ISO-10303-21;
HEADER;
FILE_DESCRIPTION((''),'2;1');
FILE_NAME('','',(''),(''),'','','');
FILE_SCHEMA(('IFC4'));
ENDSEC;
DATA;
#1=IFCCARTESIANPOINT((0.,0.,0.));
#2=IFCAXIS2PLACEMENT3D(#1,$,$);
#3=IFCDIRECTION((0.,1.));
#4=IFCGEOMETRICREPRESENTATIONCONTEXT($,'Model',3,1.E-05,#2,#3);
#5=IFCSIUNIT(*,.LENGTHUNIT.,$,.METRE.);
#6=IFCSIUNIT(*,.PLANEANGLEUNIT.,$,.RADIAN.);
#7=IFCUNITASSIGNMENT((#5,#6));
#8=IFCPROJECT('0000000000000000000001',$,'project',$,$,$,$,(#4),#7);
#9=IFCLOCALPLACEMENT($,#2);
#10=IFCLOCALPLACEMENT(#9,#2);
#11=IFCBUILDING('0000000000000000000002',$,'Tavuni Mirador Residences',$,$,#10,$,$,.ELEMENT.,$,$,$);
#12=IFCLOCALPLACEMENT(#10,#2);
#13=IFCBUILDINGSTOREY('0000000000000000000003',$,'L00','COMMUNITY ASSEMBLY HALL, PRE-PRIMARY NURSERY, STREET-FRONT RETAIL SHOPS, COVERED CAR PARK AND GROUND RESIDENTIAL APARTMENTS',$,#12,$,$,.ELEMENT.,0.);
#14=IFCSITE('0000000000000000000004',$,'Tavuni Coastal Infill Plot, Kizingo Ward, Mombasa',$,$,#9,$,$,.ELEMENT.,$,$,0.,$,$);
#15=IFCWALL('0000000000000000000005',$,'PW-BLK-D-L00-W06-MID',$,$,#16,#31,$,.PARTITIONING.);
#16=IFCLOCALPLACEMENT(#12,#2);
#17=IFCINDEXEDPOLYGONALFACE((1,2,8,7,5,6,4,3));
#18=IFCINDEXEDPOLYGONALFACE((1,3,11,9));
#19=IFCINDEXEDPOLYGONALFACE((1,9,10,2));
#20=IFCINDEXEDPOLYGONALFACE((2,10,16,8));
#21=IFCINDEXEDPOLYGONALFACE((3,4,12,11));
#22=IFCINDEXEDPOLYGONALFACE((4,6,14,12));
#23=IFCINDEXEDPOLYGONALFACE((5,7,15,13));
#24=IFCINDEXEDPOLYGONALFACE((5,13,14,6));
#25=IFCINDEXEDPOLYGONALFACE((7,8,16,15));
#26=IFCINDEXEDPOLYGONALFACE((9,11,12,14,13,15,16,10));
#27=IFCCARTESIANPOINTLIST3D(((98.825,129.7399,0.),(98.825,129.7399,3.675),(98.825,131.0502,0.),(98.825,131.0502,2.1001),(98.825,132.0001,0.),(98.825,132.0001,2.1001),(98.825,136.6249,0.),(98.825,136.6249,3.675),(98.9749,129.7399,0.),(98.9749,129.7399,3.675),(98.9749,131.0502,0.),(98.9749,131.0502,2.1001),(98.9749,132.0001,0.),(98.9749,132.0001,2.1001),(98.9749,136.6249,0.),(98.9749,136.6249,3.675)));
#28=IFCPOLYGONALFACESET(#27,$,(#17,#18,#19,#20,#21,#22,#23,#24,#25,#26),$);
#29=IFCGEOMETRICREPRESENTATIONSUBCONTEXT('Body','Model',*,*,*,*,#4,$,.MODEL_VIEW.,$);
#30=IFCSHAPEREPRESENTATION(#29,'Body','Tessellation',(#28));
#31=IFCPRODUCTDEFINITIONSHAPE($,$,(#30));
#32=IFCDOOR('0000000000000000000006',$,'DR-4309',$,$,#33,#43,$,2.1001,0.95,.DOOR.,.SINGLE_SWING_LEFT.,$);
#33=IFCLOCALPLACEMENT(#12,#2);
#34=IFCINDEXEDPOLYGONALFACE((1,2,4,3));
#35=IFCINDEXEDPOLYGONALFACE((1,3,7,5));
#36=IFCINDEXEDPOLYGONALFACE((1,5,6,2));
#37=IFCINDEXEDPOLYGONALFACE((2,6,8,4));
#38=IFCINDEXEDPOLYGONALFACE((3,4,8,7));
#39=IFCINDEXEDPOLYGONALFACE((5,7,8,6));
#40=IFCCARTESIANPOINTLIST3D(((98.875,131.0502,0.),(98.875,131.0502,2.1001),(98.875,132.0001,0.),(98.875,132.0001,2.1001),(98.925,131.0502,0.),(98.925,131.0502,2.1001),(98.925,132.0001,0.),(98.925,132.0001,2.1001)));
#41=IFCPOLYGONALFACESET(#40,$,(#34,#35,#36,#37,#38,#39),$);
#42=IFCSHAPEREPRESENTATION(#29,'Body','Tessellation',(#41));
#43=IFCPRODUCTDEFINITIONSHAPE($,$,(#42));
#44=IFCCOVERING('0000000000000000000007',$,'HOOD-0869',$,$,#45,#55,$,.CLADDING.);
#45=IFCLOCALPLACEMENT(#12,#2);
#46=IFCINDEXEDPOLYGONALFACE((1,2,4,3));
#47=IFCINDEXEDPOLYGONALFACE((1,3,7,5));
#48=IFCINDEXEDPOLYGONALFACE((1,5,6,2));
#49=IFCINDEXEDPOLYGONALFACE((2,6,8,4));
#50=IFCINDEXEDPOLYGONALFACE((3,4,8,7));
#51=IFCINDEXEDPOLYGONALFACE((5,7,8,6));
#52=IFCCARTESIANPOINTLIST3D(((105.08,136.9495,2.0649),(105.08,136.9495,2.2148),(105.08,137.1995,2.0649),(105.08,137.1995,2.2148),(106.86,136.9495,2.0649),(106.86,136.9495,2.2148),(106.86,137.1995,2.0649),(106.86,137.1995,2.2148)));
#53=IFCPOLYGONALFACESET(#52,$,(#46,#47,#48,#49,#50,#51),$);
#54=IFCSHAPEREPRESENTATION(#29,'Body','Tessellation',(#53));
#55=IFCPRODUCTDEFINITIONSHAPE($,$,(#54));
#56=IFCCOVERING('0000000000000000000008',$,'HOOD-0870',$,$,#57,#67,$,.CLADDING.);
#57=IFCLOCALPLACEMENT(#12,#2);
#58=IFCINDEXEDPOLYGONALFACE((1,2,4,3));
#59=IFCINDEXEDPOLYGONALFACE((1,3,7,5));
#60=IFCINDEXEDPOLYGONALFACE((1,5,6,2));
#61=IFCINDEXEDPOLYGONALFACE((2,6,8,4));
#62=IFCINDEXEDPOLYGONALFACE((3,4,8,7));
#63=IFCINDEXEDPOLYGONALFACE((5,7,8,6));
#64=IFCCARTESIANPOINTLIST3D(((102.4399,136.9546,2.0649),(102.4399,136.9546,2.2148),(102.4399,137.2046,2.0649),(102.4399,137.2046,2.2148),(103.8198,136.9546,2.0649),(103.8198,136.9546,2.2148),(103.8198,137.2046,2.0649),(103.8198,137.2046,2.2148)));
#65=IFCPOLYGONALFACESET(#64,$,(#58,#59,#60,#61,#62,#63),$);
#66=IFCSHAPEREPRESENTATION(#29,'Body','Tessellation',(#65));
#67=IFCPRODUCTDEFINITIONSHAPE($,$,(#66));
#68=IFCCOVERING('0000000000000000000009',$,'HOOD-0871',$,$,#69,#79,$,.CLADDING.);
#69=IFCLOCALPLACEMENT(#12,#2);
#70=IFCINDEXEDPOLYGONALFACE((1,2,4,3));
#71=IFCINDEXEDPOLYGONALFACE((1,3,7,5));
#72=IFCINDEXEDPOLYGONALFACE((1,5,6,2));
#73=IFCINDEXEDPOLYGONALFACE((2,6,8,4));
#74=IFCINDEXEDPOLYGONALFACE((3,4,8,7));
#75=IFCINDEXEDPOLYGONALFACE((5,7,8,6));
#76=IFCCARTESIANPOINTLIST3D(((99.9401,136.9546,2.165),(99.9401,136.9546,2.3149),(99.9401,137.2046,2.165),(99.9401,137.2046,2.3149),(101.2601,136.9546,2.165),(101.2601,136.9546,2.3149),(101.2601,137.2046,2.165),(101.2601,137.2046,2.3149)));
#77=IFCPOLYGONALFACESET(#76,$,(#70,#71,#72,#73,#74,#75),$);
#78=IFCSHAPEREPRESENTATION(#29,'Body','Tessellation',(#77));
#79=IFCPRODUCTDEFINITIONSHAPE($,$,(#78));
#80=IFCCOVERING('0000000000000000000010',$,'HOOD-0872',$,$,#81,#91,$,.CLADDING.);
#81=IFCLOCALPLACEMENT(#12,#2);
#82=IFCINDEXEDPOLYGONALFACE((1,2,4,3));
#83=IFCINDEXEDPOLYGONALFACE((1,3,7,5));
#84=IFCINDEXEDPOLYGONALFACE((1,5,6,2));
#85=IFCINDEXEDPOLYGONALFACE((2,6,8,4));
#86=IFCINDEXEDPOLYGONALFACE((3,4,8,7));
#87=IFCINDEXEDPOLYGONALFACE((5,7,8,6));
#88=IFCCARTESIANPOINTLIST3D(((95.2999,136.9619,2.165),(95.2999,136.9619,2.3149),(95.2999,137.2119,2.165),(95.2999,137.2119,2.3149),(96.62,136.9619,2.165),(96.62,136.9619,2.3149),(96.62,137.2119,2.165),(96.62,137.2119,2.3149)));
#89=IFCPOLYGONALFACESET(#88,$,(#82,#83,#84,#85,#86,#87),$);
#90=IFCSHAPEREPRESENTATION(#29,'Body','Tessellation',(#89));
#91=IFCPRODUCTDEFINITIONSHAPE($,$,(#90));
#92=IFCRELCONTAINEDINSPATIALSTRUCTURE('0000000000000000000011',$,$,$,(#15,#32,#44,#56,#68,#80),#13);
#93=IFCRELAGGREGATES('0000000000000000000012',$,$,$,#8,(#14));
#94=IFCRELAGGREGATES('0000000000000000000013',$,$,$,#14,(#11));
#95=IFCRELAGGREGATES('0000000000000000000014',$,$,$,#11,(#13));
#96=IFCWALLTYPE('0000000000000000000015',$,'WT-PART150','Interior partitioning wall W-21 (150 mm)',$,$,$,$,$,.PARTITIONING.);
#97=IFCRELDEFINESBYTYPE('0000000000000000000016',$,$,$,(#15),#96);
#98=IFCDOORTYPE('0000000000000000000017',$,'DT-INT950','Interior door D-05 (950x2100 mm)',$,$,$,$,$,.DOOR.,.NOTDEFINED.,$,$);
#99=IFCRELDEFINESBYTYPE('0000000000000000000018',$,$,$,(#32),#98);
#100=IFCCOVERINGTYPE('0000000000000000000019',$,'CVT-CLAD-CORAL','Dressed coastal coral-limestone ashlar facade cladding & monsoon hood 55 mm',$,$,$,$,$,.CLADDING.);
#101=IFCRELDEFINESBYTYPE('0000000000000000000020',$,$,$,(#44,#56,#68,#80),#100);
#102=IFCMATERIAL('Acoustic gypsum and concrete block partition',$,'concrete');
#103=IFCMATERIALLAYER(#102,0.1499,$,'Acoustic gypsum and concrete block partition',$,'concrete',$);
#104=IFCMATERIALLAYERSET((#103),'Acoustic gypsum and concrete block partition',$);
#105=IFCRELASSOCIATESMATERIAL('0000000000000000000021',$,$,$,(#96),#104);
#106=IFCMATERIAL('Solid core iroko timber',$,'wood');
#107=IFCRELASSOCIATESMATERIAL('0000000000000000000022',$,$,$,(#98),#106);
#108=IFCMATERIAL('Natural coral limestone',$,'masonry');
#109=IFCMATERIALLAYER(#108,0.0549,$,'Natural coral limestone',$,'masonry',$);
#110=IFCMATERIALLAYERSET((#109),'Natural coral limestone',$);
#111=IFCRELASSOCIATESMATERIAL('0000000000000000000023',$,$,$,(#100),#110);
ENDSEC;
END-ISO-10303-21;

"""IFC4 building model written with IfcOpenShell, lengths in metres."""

from ifc_helpers import new_model, si_unit, direction, frame, frame_2d, origin, origin_2d, place, context, subcontext, project, spatial, rectangle, extrude, material, layer, layer_set, type_object, element, fill, save


model = new_model("IFC4")

# Units and contexts
model_context = context("Model", 3, precision=1e-05, world=origin(), true_north=direction((0.0, 1.0)))
body_context = subcontext(model_context, "Body", "Model", "MODEL_VIEW")
ifc_project = project(units=[si_unit("LENGTHUNIT", "METRE"), si_unit("PLANEANGLEUNIT", "RADIAN")], contexts=[model_context])

# Site, building, storey
site_placement = place(None, origin())
site = spatial("IfcSite", under=ifc_project, at=site_placement, Name="Tavuni Coastal Infill Plot, Kizingo Ward, Mombasa", CompositionType="ELEMENT", RefElevation=0.0)
building_placement = place(site_placement, origin())
building = spatial("IfcBuilding", under=site, at=building_placement, Name="Tavuni Mirador Residences", CompositionType="ELEMENT")
storey_placement = place(building_placement, origin())
storey = spatial("IfcBuildingStorey", under=building, at=storey_placement, Name="L00", Description="COMMUNITY ASSEMBLY HALL, PRE-PRIMARY NURSERY, STREET-FRONT RETAIL SHOPS, COVERED CAR PARK AND GROUND RESIDENTIAL APARTMENTS", CompositionType="ELEMENT", Elevation=0.0)

# Shared definitions
ifc_material_1 = material(Name="Solid core iroko timber", Category="wood")

# Wall, opening, door
ifc_material_2 = material(Name="Acoustic gypsum and concrete block partition", Category="concrete")
ifc_layer_1 = layer(ifc_material_2, 0.1499, Name="Acoustic gypsum and concrete block partition", Category="concrete")
ifc_layer_set_1 = layer_set([ifc_layer_1], Name="Acoustic gypsum and concrete block partition")
wall_type_1 = type_object("IfcWallType", Name="WT-PART150", Description="Interior partitioning wall W-21 (150 mm)", PredefinedType="PARTITIONING", material=ifc_layer_set_1)
wall_1_placement = place(storey_placement, frame((98.8999, 129.74, 0.0), z_axis=(0.0, 0.0, 1.0), x_axis=(0.0, 1.0, 0.0)))
wall_1 = element("IfcWall", 1, at=wall_1_placement, inside=storey, type_object=wall_type_1, Name="PW-BLK-D-L00-W06-MID", PredefinedType="PARTITIONING", context=body_context, shape_type="SweptSolid", body=[
    extrude(rectangle(XDim=6.885, YDim=0.1499, at=frame_2d((3.4424, 0.0))), origin(), (0.0, 0.0, 1.0), 3.675),
])
opening_1_placement = place(wall_1_placement, frame((1.3101, 0.0, 0.0)))
opening_1 = element("IfcOpeningElement", 2, at=opening_1_placement, cuts=wall_1, PredefinedType="OPENING", context=body_context, shape_type="SweptSolid", body=[
    extrude(rectangle(XDim=0.95, YDim=2.1001, at=frame_2d((0.4751, 1.05))), frame((0.0, 0.085, 0.0), z_axis=(0.0, -1.0, 0.0), x_axis=(1.0, 0.0, 0.0)), (0.0, 0.0, 1.0), 0.1699),
])
door_type_1 = type_object("IfcDoorType", Name="DT-INT950", Description="Interior door D-05 (950x2100 mm)", OperationType="NOTDEFINED", PredefinedType="DOOR", material=ifc_material_1)
door_1_placement = place(opening_1_placement, origin())
door_1 = element("IfcDoor", 3, at=door_1_placement, inside=storey, type_object=door_type_1, Name="DR-4309", OperationType="SINGLE_SWING_LEFT", OverallHeight=2.1001, OverallWidth=0.95, PredefinedType="DOOR", context=body_context, shape_type="SweptSolid", body=[
    extrude(rectangle(XDim=0.95, YDim=2.1001, at=frame_2d((0.4751, 1.05))), frame((0.0, 0.0249, 0.0), z_axis=(0.0, -1.0, 0.0), x_axis=(1.0, 0.0, 0.0)), (0.0, 0.0, 1.0), 0.05),
])
fill(opening_1, door_1)

# Coverings
ifc_material_3 = material(Name="Natural coral limestone", Category="masonry")
ifc_layer_2 = layer(ifc_material_3, 0.0549, Name="Natural coral limestone", Category="masonry")
ifc_layer_set_2 = layer_set([ifc_layer_2], Name="Natural coral limestone")
covering_type = type_object("IfcCoveringType", Name="CVT-CLAD-CORAL", Description="Dressed coastal coral-limestone ashlar facade cladding & monsoon hood 55 mm", PredefinedType="CLADDING", material=ifc_layer_set_2)
covering_1_placement = place(storey_placement, frame((105.97, 137.0745, 2.0649), z_axis=(0.0, 0.0, 1.0), x_axis=(-1.0, 0.0, 0.0)))
element("IfcCovering", 4, at=covering_1_placement, inside=storey, type_object=covering_type, Name="HOOD-0869", PredefinedType="CLADDING", context=body_context, shape_type="SweptSolid", body=[
    extrude(rectangle(XDim=1.78, YDim=0.25, at=origin_2d()), origin(), (0.0, 0.0, 1.0), 0.1499),
])
covering_2_placement = place(storey_placement, frame((103.1299, 137.0796, 2.0649), z_axis=(0.0, 0.0, 1.0), x_axis=(-1.0, 0.0, 0.0)))
element("IfcCovering", 5, at=covering_2_placement, inside=storey, type_object=covering_type, Name="HOOD-0870", PredefinedType="CLADDING", context=body_context, shape_type="SweptSolid", body=[
    extrude(rectangle(XDim=1.3799, YDim=0.25, at=origin_2d()), origin(), (0.0, 0.0, 1.0), 0.1499),
])
for number, where, z_axis, x_axis, name in (
    (6, (100.6001, 137.0796, 2.165), (0.0, 0.0, 1.0), (-1.0, 0.0, 0.0), "HOOD-0871"),
    (7, (95.96, 137.0869, 2.165), (0.0, 0.0, 1.0), (-1.0, 0.0, 0.0), "HOOD-0872"),
):
    element("IfcCovering", number, at=place(storey_placement, frame(where, z_axis=z_axis, x_axis=x_axis)), inside=storey, type_object=covering_type, Name=name, PredefinedType="CLADDING", context=body_context, shape_type="SweptSolid", body=[
        extrude(rectangle(XDim=1.3201, YDim=0.25, at=origin_2d()), origin(), (0.0, 0.0, 1.0), 0.1499),
    ])

save(model, "model.ifc")
